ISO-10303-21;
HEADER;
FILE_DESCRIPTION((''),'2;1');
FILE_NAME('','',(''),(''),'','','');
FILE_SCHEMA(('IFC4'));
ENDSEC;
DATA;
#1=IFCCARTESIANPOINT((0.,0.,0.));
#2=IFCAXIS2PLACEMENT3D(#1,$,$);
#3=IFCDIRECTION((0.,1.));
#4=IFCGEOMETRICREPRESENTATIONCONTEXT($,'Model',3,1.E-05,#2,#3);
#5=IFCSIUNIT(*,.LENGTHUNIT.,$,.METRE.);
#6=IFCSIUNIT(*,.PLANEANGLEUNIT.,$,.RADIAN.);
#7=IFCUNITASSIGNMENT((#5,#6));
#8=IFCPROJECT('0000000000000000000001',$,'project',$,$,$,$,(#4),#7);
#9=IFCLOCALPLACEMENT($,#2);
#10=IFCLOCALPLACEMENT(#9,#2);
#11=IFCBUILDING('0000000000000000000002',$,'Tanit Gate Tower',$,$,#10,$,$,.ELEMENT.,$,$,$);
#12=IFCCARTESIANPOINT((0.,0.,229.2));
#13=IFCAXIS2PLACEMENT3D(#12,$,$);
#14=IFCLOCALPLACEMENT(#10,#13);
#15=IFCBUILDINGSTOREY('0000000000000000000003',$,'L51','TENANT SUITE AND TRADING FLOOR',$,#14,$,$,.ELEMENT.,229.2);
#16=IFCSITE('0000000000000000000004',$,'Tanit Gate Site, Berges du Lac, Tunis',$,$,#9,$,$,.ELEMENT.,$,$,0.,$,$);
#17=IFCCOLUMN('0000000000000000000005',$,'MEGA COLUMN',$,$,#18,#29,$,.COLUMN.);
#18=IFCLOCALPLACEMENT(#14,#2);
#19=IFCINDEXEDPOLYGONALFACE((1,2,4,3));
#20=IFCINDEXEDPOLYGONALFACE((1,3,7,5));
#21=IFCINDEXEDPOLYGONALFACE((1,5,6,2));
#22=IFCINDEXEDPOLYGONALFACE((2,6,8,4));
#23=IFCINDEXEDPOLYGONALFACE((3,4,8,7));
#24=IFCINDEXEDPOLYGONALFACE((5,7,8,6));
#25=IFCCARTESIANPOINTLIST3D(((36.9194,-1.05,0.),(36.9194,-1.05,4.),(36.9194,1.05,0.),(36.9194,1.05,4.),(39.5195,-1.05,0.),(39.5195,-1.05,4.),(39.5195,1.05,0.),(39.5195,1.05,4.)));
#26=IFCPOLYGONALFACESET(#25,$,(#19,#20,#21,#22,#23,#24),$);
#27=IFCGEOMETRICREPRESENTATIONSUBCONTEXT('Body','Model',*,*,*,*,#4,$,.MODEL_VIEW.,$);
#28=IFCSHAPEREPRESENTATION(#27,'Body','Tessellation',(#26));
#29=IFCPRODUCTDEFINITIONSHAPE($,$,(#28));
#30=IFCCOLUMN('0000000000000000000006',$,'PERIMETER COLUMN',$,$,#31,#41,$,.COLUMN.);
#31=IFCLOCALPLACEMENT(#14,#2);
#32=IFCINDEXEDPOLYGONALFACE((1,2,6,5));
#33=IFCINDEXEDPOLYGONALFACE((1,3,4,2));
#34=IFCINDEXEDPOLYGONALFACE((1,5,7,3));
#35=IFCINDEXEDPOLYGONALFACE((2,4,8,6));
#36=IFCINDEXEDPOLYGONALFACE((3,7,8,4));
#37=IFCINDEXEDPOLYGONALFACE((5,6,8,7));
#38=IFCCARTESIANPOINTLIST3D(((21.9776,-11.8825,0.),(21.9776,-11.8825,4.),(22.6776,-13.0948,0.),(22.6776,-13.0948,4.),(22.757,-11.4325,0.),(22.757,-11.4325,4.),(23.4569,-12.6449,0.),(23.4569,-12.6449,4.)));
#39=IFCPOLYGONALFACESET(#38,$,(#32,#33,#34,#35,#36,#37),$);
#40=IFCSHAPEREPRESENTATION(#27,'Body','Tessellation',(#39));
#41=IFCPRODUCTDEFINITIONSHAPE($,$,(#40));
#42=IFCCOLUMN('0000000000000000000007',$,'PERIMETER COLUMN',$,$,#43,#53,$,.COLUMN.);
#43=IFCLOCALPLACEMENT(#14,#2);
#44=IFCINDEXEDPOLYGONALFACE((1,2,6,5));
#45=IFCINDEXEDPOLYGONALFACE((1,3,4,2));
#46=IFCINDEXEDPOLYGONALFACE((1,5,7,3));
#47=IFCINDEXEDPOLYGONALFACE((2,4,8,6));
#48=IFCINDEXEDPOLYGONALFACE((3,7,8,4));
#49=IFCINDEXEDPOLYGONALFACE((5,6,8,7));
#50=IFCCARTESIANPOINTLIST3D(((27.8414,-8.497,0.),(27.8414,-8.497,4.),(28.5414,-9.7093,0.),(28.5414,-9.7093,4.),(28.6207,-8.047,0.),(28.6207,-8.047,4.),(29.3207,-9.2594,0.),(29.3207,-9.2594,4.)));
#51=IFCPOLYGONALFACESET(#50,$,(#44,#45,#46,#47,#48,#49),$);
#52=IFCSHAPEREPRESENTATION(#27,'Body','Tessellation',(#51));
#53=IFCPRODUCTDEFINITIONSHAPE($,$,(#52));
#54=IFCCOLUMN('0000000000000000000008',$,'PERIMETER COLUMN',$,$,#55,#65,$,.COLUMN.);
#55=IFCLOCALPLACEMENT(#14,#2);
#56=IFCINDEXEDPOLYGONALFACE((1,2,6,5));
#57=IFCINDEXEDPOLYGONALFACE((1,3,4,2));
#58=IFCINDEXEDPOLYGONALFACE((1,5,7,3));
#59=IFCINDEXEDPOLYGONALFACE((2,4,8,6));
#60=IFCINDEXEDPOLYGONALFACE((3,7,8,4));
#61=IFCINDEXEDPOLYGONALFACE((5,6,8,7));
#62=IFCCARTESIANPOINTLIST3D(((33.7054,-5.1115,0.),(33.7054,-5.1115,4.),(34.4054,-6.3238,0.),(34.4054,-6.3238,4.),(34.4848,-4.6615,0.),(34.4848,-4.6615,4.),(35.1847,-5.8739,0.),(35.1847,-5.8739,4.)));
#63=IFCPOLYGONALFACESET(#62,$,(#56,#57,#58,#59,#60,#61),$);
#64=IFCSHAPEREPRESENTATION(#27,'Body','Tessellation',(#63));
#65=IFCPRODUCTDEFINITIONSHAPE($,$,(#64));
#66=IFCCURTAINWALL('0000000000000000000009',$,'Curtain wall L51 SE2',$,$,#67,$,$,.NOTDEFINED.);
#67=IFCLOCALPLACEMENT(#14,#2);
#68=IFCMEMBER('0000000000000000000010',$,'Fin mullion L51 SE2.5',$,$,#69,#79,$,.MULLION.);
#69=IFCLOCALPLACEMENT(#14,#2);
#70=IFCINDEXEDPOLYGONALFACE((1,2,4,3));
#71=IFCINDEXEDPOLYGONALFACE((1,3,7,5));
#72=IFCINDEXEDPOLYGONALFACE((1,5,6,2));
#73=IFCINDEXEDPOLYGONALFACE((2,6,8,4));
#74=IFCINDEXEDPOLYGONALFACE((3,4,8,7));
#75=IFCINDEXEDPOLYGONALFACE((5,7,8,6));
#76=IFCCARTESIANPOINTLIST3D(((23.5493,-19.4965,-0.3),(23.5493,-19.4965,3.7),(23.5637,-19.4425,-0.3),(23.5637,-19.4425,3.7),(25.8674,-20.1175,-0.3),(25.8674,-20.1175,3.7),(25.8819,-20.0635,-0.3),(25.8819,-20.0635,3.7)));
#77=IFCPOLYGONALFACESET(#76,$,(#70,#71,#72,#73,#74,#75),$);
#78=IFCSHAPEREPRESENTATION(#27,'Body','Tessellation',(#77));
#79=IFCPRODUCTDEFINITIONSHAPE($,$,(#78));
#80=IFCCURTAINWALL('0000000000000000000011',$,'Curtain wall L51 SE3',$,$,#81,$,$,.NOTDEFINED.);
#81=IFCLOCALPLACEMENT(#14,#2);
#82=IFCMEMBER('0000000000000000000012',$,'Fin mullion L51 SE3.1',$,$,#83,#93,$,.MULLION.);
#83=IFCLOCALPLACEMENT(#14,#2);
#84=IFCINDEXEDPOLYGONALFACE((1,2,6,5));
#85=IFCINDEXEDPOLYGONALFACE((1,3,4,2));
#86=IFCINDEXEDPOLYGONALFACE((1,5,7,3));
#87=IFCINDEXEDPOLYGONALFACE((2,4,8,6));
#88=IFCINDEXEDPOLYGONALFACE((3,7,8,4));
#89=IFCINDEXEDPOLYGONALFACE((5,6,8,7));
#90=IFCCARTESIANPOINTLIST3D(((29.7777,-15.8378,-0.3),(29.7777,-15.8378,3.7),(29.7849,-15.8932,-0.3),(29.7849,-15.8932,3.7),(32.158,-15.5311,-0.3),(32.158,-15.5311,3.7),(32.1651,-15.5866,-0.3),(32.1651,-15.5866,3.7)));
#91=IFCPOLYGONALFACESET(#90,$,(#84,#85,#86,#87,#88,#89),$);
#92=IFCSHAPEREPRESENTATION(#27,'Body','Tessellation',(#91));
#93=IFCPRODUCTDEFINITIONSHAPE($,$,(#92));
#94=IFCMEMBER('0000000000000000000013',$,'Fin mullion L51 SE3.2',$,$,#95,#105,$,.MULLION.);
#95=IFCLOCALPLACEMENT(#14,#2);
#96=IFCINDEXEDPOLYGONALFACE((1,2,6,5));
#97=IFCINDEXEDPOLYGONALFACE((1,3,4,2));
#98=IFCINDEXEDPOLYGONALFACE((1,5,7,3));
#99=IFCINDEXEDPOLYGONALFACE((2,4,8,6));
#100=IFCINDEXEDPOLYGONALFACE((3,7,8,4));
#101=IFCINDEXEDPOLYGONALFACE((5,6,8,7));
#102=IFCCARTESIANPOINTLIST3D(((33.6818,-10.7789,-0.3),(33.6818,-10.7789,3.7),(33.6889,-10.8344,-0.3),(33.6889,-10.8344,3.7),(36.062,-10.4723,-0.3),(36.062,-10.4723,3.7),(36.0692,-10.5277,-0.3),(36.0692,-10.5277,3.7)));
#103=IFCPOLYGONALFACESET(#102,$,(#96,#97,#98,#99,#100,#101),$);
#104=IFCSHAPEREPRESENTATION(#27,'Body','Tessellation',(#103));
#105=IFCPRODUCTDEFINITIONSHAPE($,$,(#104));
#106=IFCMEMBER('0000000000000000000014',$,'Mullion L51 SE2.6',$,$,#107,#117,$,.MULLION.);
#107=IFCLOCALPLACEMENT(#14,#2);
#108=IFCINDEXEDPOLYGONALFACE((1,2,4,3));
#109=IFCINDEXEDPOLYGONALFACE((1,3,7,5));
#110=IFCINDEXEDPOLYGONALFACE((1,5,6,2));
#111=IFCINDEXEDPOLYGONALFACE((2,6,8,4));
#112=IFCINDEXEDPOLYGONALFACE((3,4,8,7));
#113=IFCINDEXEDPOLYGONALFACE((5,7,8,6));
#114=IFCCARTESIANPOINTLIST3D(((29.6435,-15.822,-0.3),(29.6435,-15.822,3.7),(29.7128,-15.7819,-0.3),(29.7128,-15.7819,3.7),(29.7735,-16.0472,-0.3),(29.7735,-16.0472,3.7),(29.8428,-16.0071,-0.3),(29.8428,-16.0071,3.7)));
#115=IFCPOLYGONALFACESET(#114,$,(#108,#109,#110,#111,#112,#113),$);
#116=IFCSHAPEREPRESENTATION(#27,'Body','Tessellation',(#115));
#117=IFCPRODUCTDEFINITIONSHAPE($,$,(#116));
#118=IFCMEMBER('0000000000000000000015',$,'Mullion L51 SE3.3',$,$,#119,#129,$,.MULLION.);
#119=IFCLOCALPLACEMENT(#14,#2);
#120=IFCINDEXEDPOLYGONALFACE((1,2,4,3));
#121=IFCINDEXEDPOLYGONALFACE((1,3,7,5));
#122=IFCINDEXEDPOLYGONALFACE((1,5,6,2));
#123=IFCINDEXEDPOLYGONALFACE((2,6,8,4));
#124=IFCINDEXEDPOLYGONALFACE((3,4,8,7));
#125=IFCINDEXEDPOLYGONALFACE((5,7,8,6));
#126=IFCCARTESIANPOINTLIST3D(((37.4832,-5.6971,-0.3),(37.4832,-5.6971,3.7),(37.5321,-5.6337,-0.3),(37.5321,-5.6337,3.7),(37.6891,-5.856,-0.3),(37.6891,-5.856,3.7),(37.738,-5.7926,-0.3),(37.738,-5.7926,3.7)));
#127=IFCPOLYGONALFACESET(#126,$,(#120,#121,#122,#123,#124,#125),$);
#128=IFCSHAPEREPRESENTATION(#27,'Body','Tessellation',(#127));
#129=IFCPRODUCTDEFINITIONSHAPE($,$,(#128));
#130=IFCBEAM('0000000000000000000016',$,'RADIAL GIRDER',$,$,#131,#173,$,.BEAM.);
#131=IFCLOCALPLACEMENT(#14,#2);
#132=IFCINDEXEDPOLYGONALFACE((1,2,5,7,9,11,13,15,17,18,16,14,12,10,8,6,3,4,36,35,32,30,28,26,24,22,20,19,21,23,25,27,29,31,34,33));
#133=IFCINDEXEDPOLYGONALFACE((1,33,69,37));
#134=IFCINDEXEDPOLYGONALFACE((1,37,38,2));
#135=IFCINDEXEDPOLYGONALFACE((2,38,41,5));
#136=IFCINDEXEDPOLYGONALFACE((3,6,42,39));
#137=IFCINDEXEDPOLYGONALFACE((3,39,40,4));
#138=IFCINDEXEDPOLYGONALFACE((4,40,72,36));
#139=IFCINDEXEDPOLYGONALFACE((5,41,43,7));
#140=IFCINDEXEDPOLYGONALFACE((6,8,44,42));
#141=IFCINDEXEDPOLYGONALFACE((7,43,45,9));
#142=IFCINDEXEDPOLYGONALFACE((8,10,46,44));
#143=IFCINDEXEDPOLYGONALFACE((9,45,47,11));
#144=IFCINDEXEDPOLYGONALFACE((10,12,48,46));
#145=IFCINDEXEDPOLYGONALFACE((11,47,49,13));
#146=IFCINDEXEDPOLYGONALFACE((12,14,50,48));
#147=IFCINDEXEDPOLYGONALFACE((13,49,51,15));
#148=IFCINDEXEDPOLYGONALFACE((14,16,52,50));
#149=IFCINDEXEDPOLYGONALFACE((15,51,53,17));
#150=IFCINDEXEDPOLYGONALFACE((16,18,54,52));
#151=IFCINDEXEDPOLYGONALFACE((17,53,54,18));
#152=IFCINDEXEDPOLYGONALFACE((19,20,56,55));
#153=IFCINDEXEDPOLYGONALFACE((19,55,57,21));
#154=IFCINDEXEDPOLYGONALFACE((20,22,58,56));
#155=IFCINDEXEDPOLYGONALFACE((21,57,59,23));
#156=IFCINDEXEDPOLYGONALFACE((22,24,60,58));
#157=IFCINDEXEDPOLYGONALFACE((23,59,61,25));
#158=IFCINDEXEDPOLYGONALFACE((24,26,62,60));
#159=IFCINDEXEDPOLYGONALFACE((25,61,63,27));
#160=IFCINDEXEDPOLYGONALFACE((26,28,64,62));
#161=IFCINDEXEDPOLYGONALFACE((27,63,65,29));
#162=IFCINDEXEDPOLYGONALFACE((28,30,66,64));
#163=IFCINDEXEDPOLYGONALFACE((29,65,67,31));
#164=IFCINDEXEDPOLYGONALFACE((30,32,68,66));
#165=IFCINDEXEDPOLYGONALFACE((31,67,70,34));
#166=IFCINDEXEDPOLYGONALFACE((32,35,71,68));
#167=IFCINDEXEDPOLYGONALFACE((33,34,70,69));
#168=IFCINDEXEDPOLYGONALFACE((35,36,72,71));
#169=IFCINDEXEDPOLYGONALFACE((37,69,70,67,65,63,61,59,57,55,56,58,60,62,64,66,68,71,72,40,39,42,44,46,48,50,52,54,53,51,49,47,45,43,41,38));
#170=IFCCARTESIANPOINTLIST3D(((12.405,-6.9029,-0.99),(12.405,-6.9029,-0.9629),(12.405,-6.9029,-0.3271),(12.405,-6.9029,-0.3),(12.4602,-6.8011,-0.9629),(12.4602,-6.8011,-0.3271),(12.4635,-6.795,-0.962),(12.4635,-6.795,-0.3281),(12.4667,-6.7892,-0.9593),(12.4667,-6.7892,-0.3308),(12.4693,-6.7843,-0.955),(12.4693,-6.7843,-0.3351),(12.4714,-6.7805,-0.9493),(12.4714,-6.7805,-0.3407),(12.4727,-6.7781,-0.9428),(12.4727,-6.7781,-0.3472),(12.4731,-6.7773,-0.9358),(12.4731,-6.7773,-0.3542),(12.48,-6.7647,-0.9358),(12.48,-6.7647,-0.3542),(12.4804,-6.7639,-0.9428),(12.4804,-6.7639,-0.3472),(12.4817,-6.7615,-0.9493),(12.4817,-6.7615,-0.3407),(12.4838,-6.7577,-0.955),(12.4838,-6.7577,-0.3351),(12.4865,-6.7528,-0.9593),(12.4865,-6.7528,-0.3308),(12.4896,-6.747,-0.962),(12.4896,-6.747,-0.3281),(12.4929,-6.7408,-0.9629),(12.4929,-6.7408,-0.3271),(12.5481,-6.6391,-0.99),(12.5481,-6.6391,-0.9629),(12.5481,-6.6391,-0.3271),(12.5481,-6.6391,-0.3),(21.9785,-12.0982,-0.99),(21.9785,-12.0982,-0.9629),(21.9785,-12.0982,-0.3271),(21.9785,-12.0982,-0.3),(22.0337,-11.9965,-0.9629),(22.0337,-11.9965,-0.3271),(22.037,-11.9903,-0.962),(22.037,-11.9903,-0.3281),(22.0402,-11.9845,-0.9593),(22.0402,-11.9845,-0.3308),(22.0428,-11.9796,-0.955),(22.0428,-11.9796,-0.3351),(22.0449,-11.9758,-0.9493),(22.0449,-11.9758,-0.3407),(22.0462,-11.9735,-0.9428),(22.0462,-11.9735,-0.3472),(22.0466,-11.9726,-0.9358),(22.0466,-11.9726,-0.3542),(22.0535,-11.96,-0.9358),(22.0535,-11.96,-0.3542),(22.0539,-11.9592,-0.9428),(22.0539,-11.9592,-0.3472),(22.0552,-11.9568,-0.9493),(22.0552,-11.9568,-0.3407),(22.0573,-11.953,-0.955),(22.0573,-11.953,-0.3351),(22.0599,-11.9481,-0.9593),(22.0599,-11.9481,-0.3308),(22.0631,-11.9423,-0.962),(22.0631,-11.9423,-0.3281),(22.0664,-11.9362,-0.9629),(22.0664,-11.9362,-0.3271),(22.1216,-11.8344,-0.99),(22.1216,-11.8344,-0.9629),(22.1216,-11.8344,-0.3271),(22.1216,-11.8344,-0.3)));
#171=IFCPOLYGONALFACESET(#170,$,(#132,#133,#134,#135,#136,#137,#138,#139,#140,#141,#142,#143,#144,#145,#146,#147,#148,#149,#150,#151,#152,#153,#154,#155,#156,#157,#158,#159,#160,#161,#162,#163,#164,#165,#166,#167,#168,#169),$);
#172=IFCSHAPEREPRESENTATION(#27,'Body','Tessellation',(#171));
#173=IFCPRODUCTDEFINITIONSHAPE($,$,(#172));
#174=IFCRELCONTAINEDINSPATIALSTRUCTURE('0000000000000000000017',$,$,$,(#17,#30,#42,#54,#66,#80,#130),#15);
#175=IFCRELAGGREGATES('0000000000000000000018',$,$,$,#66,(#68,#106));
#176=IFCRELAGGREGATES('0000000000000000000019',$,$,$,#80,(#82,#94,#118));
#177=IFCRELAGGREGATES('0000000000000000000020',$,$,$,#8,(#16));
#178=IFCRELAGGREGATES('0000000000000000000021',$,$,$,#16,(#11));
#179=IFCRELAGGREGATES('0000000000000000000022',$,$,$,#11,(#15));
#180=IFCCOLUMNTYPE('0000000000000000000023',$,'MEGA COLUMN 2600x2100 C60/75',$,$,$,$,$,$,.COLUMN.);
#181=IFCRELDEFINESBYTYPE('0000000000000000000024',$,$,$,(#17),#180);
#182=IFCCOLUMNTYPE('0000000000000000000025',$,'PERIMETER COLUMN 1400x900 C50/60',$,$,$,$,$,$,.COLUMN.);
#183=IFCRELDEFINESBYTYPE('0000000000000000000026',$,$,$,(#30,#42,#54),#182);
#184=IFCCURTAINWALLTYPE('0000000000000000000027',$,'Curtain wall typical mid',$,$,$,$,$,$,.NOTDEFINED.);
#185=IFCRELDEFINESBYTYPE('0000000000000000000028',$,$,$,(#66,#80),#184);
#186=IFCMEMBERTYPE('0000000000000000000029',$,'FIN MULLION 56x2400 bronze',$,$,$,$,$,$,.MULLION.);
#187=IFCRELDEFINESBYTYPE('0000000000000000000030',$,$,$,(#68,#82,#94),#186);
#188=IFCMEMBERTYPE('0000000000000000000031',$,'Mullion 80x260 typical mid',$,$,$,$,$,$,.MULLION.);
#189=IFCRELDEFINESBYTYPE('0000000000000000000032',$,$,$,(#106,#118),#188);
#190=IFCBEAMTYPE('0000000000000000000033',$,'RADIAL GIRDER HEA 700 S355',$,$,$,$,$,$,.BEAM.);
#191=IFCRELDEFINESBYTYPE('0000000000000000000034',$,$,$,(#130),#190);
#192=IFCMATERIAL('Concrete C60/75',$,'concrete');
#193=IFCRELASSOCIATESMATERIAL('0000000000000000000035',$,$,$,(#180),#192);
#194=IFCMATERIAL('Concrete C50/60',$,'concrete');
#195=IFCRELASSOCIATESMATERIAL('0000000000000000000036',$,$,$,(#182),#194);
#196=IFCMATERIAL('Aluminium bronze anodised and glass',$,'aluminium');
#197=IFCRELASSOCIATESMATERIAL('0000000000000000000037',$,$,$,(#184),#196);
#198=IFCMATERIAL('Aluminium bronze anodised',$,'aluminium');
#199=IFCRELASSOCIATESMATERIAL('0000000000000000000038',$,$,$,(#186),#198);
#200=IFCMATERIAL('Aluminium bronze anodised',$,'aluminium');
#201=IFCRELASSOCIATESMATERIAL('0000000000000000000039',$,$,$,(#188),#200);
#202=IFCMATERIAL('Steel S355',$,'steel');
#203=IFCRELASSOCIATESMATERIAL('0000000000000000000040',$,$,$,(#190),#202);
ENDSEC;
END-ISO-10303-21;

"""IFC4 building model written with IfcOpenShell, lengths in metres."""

from ifc_helpers import new_model, si_unit, direction, frame, origin, origin_2d, place, context, subcontext, project, spatial, rectangle, i_section, extrude, material, material_profile, profile_set, type_object, element, aggregate, save


model = new_model("IFC4")

# Units and contexts
model_context = context("Model", 3, precision=1e-05, world=origin(), true_north=direction((0.0, 1.0)))
body_context = subcontext(model_context, "Body", "Model", "MODEL_VIEW")
ifc_project = project(units=[si_unit("LENGTHUNIT", "METRE"), si_unit("PLANEANGLEUNIT", "RADIAN")], contexts=[model_context])

# Site, building, storey
site_placement = place(None, origin())
site = spatial("IfcSite", under=ifc_project, at=site_placement, Name="Tanit Gate Site, Berges du Lac, Tunis", CompositionType="ELEMENT", RefElevation=0.0)
building_placement = place(site_placement, origin())
building = spatial("IfcBuilding", under=site, at=building_placement, Name="Tanit Gate Tower", CompositionType="ELEMENT")
storey_placement = place(building_placement, frame((0.0, 0.0, 229.2)))
storey = spatial("IfcBuildingStorey", under=building, at=storey_placement, Name="L51", Description="TENANT SUITE AND TRADING FLOOR", CompositionType="ELEMENT", Elevation=229.2)

# Columns
ifc_material_1 = material(Name="Concrete C60/75", Category="concrete")
ifc_material_profile_1 = material_profile(ifc_material_1, rectangle(XDim=2.6001, YDim=2.1001, at=origin_2d()), Name="RC 2600x2100")
ifc_profile_set_1 = profile_set([ifc_material_profile_1], Name="Concrete C60/75")
column_type_1 = type_object("IfcColumnType", Name="MEGA COLUMN 2600x2100 C60/75", PredefinedType="COLUMN", material=ifc_profile_set_1)
column_placement = place(storey_placement, frame((38.2195, 0.0, 0.0), z_axis=(0.0, 0.0, 1.0), x_axis=(1.0, 0.0, 0.0)))
element("IfcColumn", 1, at=column_placement, inside=storey, type_object=column_type_1, Name="MEGA COLUMN", PredefinedType="COLUMN", context=body_context, shape_type="SweptSolid", body=[
    extrude(rectangle(XDim=2.6001, YDim=2.1001, at=origin_2d()), origin(), (0.0, 0.0, 1.0), 4.0),
])
ifc_material_2 = material(Name="Concrete C50/60", Category="concrete")
ifc_material_profile_2 = material_profile(ifc_material_2, rectangle(XDim=1.3999, YDim=0.8999, at=origin_2d()), Name="RC 1400x900")
ifc_profile_set_2 = profile_set([ifc_material_profile_2], Name="Concrete C50/60")
column_type_2 = type_object("IfcColumnType", Name="PERIMETER COLUMN 1400x900 C50/60", PredefinedType="COLUMN", material=ifc_profile_set_2)
for number, where, z_axis, x_axis, name in (
    (2, (22.7173, -12.2637, 0.0), (0.0, 0.0, 1.0), (0.5, -0.866025, 0.0), "PERIMETER COLUMN"),
    (3, (28.5811, -8.8782, 0.0), (0.0, 0.0, 1.0), (0.5, -0.866025, 0.0), "PERIMETER COLUMN"),
    (4, (34.4451, -5.4927, 0.0), (0.0, 0.0, 1.0), (0.5, -0.866025, 0.0), "PERIMETER COLUMN"),
):
    element("IfcColumn", number, at=place(storey_placement, frame(where, z_axis=z_axis, x_axis=x_axis)), inside=storey, type_object=column_type_2, Name=name, PredefinedType="COLUMN", context=body_context, shape_type="SweptSolid", body=[
        extrude(rectangle(XDim=1.3999, YDim=0.8999, at=origin_2d()), origin(), (0.0, 0.0, 1.0), 4.0),
    ])

# Curtain wall, member
ifc_material_3 = material(Name="Aluminium bronze anodised and glass", Category="aluminium")
curtain_wall_type = type_object("IfcCurtainWallType", Name="Curtain wall typical mid", PredefinedType="NOTDEFINED", material=ifc_material_3)
curtain_wall_1_placement = place(storey_placement, origin())
curtain_wall_1 = element("IfcCurtainWall", 5, at=curtain_wall_1_placement, inside=storey, type_object=curtain_wall_type, Name="Curtain wall L51 SE2", PredefinedType="NOTDEFINED")
ifc_material_4 = material(Name="Aluminium bronze anodised", Category="aluminium")
ifc_material_profile_3 = material_profile(ifc_material_4, rectangle(XDim=2.3999, YDim=0.0559, at=origin_2d()), Name="56x2400 bronze fin mullion")
ifc_profile_set_3 = profile_set([ifc_material_profile_3], Name="Aluminium bronze anodised")
member_type_1 = type_object("IfcMemberType", Name="FIN MULLION 56x2400 bronze", PredefinedType="MULLION", material=ifc_profile_set_3)
member_1_placement = place(storey_placement, frame((24.7156, -19.78, -0.3), z_axis=(0.0, 0.0, 1.0), x_axis=(-0.965944, 0.258752, 0.0)))
member_1 = element("IfcMember", 6, at=member_1_placement, type_object=member_type_1, Name="Fin mullion L51 SE2.5", PredefinedType="MULLION", context=body_context, shape_type="SweptSolid", body=[
    extrude(rectangle(XDim=2.3999, YDim=0.0559, at=origin_2d()), origin(), (0.0, 0.0, 1.0), 4.0),
])

# Curtain wall, members
curtain_wall_2_placement = place(storey_placement, origin())
curtain_wall_2 = element("IfcCurtainWall", 7, at=curtain_wall_2_placement, inside=storey, type_object=curtain_wall_type, Name="Curtain wall L51 SE3", PredefinedType="NOTDEFINED")
member_2_placement = place(storey_placement, frame((30.9714, -15.7122, -0.3), z_axis=(0.0, 0.0, 1.0), x_axis=(-0.991802, -0.127783, 0.0)))
member_2 = element("IfcMember", 8, at=member_2_placement, type_object=member_type_1, Name="Fin mullion L51 SE3.1", PredefinedType="MULLION", context=body_context, shape_type="SweptSolid", body=[
    extrude(rectangle(XDim=2.3999, YDim=0.0559, at=origin_2d()), origin(), (0.0, 0.0, 1.0), 4.0),
])
member_3_placement = place(storey_placement, frame((34.8755, -10.6533, -0.3), z_axis=(0.0, 0.0, 1.0), x_axis=(-0.991802, -0.127783, 0.0)))
member_3 = element("IfcMember", 9, at=member_3_placement, type_object=member_type_1, Name="Fin mullion L51 SE3.2", PredefinedType="MULLION", context=body_context, shape_type="SweptSolid", body=[
    extrude(rectangle(XDim=2.3999, YDim=0.0559, at=origin_2d()), origin(), (0.0, 0.0, 1.0), 4.0),
])

# Members
ifc_material_5 = material(Name="Aluminium bronze anodised", Category="aluminium")
ifc_material_profile_4 = material_profile(ifc_material_5, rectangle(XDim=0.26, YDim=0.0801, at=origin_2d()), Name="80x260 bronze mullion")
ifc_profile_set_4 = profile_set([ifc_material_profile_4], Name="Aluminium bronze anodised")
member_type_2 = type_object("IfcMemberType", Name="Mullion 80x260 typical mid", PredefinedType="MULLION", material=ifc_profile_set_4)
member_4_placement = place(storey_placement, frame((29.7432, -15.9146, -0.3), z_axis=(0.0, 0.0, 1.0), x_axis=(-0.50006, 0.865991, 0.0)))
member_4 = element("IfcMember", 10, at=member_4_placement, type_object=member_type_2, Name="Mullion L51 SE2.6", PredefinedType="MULLION", context=body_context, shape_type="SweptSolid", body=[
    extrude(rectangle(XDim=0.26, YDim=0.0801, at=origin_2d()), origin(), (0.0, 0.0, 1.0), 4.0),
])
member_5_placement = place(storey_placement, frame((37.6106, -5.7449, -0.3), z_axis=(0.0, 0.0, 1.0), x_axis=(-0.791666, 0.610954, 0.0)))
member_5 = element("IfcMember", 11, at=member_5_placement, type_object=member_type_2, Name="Mullion L51 SE3.3", PredefinedType="MULLION", context=body_context, shape_type="SweptSolid", body=[
    extrude(rectangle(XDim=0.26, YDim=0.0801, at=origin_2d()), origin(), (0.0, 0.0, 1.0), 4.0),
])

# Beam
ifc_material_6 = material(Name="Steel S355", Category="steel")
ifc_material_profile_5 = material_profile(ifc_material_6, i_section(OverallWidth=0.3, OverallDepth=0.6899, WebThickness=0.0144, FlangeThickness=0.0271, FilletRadius=0.0271, at=origin_2d()), Name="HEA 700")
ifc_profile_set_5 = profile_set([ifc_material_profile_5], Name="Steel S355")
beam_type_1 = type_object("IfcBeamType", Name="RADIAL GIRDER HEA 700 S355", PredefinedType="BEAM", material=ifc_profile_set_5)
beam_1_placement = place(storey_placement, frame((22.05, -11.9663, -0.645), z_axis=(-0.87892, 0.47697, 0.0), x_axis=(-0.47697, -0.87892, 0.0)))
element("IfcBeam", 12, at=beam_1_placement, inside=storey, type_object=beam_type_1, Name="RADIAL GIRDER", PredefinedType="BEAM", context=body_context, shape_type="SweptSolid", body=[
    extrude(i_section(OverallWidth=0.3, OverallDepth=0.6899, WebThickness=0.0144, FlangeThickness=0.0271, FilletRadius=0.0271, at=origin_2d()), origin(), (0.0, 0.0, 1.0), 10.8923),
])

aggregate(curtain_wall_1, [member_1, member_4])
aggregate(curtain_wall_2, [member_2, member_3, member_5])

save(model, "model.ifc")
